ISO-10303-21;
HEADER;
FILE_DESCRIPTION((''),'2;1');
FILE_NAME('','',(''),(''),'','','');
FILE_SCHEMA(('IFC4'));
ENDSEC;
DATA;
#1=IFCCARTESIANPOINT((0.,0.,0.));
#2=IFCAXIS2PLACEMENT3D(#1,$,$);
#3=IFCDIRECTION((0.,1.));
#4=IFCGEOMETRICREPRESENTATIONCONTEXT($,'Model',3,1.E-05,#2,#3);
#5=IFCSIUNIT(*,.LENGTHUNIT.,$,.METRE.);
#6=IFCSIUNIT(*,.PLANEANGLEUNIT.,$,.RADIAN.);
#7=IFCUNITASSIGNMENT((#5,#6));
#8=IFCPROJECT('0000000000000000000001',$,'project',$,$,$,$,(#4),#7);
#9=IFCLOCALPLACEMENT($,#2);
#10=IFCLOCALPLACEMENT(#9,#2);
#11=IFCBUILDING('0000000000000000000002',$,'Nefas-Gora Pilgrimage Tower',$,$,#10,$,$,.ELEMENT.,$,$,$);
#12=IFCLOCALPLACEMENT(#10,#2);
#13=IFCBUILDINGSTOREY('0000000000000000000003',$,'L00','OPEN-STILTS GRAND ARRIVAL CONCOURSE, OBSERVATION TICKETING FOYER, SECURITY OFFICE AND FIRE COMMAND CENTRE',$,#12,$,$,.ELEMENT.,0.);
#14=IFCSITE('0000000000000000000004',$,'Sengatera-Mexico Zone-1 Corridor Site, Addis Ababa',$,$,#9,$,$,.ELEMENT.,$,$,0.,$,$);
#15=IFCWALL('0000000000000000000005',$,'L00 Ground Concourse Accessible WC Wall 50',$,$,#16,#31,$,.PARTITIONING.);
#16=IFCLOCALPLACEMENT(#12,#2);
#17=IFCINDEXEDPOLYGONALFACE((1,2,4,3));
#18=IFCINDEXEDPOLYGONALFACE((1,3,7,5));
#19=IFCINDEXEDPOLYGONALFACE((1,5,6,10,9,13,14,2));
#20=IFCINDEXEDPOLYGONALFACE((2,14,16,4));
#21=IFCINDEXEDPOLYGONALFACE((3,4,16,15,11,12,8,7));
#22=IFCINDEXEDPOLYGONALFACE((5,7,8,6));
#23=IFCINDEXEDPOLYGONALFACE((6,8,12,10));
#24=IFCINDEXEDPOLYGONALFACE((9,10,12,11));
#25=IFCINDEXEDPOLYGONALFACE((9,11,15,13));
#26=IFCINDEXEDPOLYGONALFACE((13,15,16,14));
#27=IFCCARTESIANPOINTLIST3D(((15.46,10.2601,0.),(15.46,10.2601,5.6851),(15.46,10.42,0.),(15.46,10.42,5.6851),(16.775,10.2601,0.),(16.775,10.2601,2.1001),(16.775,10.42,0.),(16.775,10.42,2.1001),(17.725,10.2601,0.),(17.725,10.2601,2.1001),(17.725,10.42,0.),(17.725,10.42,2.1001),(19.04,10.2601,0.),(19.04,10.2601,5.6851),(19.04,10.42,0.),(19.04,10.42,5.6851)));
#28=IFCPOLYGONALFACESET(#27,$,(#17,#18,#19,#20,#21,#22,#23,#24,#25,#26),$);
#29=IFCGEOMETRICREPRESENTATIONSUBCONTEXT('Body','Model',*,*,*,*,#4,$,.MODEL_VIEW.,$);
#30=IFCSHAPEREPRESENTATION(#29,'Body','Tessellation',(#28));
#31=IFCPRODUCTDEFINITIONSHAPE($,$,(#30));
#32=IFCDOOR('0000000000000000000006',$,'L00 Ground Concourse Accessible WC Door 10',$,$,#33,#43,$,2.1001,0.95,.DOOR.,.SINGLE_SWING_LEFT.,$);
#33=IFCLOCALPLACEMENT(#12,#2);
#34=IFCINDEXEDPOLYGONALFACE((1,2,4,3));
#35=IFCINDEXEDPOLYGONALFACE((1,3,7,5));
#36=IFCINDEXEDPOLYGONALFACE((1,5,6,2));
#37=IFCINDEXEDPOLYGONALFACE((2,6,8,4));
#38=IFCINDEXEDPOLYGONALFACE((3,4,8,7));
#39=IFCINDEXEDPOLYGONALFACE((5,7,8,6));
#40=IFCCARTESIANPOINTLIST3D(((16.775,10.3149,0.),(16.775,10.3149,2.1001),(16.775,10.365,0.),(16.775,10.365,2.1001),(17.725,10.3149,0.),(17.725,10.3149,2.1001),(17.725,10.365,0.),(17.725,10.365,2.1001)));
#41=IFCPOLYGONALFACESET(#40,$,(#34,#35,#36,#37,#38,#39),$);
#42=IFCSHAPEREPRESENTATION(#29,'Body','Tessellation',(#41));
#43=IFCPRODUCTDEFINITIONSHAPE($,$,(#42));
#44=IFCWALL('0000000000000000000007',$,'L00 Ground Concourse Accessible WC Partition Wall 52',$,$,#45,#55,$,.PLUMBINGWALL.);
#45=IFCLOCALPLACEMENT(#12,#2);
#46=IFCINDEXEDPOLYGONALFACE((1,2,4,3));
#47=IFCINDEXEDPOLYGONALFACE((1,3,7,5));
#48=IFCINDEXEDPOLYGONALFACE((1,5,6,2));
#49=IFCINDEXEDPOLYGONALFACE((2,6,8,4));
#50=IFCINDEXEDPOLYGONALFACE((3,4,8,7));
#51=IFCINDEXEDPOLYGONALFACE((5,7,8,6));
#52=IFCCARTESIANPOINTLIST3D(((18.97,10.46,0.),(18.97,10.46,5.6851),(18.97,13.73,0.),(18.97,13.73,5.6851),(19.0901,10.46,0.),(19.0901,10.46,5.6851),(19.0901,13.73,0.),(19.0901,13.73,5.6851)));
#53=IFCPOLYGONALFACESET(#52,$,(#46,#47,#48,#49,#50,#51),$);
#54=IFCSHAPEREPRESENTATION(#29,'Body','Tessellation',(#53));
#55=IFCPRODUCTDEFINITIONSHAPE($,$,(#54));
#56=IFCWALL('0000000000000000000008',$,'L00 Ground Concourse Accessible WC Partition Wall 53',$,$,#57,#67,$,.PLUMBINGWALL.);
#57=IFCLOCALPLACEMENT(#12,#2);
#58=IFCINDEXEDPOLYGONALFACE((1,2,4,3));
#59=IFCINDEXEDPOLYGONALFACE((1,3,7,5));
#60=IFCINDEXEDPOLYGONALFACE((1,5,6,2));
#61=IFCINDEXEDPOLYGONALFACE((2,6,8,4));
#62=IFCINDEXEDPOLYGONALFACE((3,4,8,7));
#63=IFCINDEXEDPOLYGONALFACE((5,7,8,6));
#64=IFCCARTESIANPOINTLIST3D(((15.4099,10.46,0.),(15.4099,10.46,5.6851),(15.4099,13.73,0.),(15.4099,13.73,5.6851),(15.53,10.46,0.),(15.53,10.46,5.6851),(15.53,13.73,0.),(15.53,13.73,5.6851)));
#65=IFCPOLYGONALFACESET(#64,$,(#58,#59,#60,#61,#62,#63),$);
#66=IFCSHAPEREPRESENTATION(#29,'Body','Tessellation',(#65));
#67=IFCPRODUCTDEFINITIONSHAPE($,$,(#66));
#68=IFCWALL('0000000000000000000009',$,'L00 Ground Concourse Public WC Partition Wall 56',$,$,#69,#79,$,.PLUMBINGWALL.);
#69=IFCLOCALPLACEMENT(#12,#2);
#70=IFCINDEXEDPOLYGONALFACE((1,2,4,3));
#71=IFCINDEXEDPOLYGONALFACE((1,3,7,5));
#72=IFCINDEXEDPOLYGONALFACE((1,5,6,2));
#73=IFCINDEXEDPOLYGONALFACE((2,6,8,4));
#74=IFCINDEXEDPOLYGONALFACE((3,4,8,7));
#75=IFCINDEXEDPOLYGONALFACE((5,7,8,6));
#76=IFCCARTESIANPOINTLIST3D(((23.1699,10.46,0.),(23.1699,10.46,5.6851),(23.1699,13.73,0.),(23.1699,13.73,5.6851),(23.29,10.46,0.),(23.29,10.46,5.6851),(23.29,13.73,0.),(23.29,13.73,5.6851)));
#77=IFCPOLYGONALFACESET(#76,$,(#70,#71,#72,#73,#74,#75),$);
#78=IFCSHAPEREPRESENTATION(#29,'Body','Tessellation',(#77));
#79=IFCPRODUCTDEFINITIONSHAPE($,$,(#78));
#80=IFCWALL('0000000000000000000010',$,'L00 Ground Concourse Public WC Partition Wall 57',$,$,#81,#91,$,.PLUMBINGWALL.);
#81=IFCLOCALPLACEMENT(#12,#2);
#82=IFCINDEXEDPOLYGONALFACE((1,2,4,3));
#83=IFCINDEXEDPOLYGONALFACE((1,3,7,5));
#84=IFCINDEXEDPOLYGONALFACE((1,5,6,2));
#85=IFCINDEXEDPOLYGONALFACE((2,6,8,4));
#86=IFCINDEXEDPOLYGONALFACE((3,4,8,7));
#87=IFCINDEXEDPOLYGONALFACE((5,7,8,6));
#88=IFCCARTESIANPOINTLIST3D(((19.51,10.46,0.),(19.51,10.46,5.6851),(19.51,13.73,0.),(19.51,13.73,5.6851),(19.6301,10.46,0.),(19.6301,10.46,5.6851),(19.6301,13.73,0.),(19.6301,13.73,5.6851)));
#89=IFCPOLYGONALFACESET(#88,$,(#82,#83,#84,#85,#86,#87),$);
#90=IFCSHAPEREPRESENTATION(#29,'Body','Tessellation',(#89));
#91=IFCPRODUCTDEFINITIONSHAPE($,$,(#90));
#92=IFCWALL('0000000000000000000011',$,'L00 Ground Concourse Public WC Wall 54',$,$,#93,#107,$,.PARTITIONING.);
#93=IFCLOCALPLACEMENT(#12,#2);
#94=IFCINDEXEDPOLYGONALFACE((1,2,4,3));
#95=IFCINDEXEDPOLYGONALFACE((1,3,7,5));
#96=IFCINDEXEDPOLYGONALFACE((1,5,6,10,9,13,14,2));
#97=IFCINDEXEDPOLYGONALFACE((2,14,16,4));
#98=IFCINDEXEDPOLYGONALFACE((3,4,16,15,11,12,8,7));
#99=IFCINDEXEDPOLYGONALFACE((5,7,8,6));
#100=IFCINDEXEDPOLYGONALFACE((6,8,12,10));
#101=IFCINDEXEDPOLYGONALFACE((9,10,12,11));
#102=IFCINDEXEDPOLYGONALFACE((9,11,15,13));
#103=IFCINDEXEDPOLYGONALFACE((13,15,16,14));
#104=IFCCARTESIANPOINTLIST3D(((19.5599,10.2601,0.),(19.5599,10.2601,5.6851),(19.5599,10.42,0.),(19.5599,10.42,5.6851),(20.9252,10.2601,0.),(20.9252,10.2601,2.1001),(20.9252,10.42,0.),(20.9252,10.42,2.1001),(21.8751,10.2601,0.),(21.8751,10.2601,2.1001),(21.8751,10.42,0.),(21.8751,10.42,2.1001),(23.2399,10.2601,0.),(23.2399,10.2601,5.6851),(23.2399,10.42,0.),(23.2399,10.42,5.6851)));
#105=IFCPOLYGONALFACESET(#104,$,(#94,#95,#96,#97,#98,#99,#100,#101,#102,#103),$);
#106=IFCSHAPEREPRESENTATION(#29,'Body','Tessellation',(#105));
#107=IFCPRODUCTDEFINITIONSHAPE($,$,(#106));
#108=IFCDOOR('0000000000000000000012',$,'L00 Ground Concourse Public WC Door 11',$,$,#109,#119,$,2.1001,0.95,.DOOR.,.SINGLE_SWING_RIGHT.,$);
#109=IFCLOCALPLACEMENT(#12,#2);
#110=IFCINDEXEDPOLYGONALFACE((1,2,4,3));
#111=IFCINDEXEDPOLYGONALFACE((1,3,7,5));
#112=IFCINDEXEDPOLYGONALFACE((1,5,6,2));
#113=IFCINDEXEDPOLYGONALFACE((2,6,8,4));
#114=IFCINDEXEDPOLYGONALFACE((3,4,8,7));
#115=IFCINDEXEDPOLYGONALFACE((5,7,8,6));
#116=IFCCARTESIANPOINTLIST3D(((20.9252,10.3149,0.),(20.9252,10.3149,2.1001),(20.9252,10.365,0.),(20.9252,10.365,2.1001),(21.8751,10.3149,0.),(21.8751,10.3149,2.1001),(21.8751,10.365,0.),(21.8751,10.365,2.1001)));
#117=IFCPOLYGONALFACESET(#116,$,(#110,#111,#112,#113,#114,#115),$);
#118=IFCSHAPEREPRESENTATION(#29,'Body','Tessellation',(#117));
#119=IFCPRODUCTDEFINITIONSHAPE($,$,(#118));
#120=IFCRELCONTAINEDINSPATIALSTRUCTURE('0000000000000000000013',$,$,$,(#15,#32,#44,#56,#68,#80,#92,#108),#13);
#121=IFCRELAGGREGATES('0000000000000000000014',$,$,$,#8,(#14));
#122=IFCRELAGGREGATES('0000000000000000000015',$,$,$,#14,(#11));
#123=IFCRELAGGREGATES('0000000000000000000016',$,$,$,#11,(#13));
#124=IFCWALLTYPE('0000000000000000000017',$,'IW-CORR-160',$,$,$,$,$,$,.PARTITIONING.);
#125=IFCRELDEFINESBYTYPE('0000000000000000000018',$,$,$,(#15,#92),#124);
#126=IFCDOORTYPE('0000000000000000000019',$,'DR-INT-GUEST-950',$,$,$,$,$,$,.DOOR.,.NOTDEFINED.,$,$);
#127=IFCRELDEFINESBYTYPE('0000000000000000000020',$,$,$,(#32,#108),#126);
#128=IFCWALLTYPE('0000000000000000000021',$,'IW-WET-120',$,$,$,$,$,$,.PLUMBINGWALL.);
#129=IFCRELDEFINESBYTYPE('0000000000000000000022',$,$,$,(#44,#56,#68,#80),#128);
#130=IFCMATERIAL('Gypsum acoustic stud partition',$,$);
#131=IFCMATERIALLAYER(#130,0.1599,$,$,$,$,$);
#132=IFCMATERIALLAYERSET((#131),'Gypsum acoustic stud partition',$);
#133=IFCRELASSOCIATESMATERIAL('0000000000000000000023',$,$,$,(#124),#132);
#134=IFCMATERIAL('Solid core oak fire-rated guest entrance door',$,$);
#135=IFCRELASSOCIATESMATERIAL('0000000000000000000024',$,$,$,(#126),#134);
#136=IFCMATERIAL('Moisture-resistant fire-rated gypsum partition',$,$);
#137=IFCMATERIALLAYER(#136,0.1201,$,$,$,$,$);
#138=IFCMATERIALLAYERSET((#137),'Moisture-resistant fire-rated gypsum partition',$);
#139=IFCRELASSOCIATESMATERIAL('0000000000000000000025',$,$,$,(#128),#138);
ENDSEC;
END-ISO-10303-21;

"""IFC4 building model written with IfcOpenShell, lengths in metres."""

from ifc_helpers import new_model, si_unit, direction, frame, frame_2d, origin, place, context, subcontext, project, spatial, rectangle, extrude, source, transform, mapped, material, layer, layer_set, type_object, element, fill, save


model = new_model("IFC4")

# Units and contexts
model_context = context("Model", 3, precision=1e-05, world=origin(), true_north=direction((0.0, 1.0)))
body_context = subcontext(model_context, "Body", "Model", "MODEL_VIEW")
ifc_project = project(units=[si_unit("LENGTHUNIT", "METRE"), si_unit("PLANEANGLEUNIT", "RADIAN")], contexts=[model_context])

# Site, building, storey
site_placement = place(None, origin())
site = spatial("IfcSite", under=ifc_project, at=site_placement, Name="Sengatera-Mexico Zone-1 Corridor Site, Addis Ababa", CompositionType="ELEMENT", RefElevation=0.0)
building_placement = place(site_placement, origin())
building = spatial("IfcBuilding", under=site, at=building_placement, Name="Nefas-Gora Pilgrimage Tower", CompositionType="ELEMENT")
storey_placement = place(building_placement, origin())
storey = spatial("IfcBuildingStorey", under=building, at=storey_placement, Name="L00", Description="OPEN-STILTS GRAND ARRIVAL CONCOURSE, OBSERVATION TICKETING FOYER, SECURITY OFFICE AND FIRE COMMAND CENTRE", CompositionType="ELEMENT", Elevation=0.0)

# Wall, opening, door
ifc_material_1 = material(Name="Gypsum acoustic stud partition")
ifc_layer_1 = layer(ifc_material_1, 0.1599)
ifc_layer_set_1 = layer_set([ifc_layer_1], Name="Gypsum acoustic stud partition")
wall_type_1 = type_object("IfcWallType", Name="IW-CORR-160", PredefinedType="PARTITIONING", material=ifc_layer_set_1)
shared_shape_1 = source(origin(), body_context, "Body", "SweptSolid", [
    extrude(rectangle(XDim=3.5801, YDim=0.1599, at=frame_2d((1.79, 0.0))), origin(), (0.0, 0.0, 1.0), 5.6851),
])
wall_1_placement = place(storey_placement, frame((15.46, 10.3401, 0.0), z_axis=(0.0, 0.0, 1.0), x_axis=(1.0, 0.0, 0.0)))
wall_1 = element("IfcWall", 1, at=wall_1_placement, inside=storey, type_object=wall_type_1, Name="L00 Ground Concourse Accessible WC Wall 50", PredefinedType="PARTITIONING", context=body_context, shape_type="MappedRepresentation", body=[
    mapped(shared_shape_1, transform((0.0, 0.0, 0.0), x_axis=(1.0, 0.0, 0.0), y_axis=(0.0, 1.0, 0.0), z_axis=(0.0, 0.0, 1.0), scale=1.0)),
])
opening_1_placement = place(wall_1_placement, frame((1.3149, 0.0, 0.0)))
opening_1 = element("IfcOpeningElement", 2, at=opening_1_placement, cuts=wall_1, PredefinedType="OPENING", context=body_context, shape_type="SweptSolid", body=[
    extrude(rectangle(XDim=0.95, YDim=2.1001, at=frame_2d((0.4751, 1.05))), frame((0.0, 0.0898, 0.0), z_axis=(0.0, -1.0, 0.0), x_axis=(1.0, 0.0, 0.0)), (0.0, 0.0, 1.0), 0.1799),
])
ifc_material_2 = material(Name="Solid core oak fire-rated guest entrance door")
door_type = type_object("IfcDoorType", Name="DR-INT-GUEST-950", OperationType="NOTDEFINED", PredefinedType="DOOR", material=ifc_material_2)
shared_shape_2 = source(origin(), body_context, "Body", "SweptSolid", [
    extrude(rectangle(XDim=0.95, YDim=2.1001, at=frame_2d((0.4751, 1.05))), frame((0.0, 0.0249, 0.0), z_axis=(0.0, -1.0, 0.0), x_axis=(1.0, 0.0, 0.0)), (0.0, 0.0, 1.0), 0.05),
])
door_1_placement = place(opening_1_placement, origin())
door_1 = element("IfcDoor", 3, at=door_1_placement, inside=storey, type_object=door_type, Name="L00 Ground Concourse Accessible WC Door 10", OperationType="SINGLE_SWING_LEFT", OverallHeight=2.1001, OverallWidth=0.95, PredefinedType="DOOR", context=body_context, shape_type="MappedRepresentation", body=[
    mapped(shared_shape_2, transform((0.0, 0.0, 0.0), x_axis=(1.0, 0.0, 0.0), y_axis=(0.0, 1.0, 0.0), z_axis=(0.0, 0.0, 1.0), scale=1.0)),
])
fill(opening_1, door_1)

# Walls
ifc_material_3 = material(Name="Moisture-resistant fire-rated gypsum partition")
ifc_layer_2 = layer(ifc_material_3, 0.1201)
ifc_layer_set_2 = layer_set([ifc_layer_2], Name="Moisture-resistant fire-rated gypsum partition")
wall_type_2 = type_object("IfcWallType", Name="IW-WET-120", PredefinedType="PLUMBINGWALL", material=ifc_layer_set_2)
shared_shape_3 = source(origin(), body_context, "Body", "SweptSolid", [
    extrude(rectangle(XDim=3.27, YDim=0.1201, at=frame_2d((1.635, 0.0))), origin(), (0.0, 0.0, 1.0), 5.6851),
])
for number, where, z_axis, x_axis, name in (
    (4, (19.03, 10.46, 0.0), (0.0, 0.0, 1.0), (0.0, 1.0, 0.0), "L00 Ground Concourse Accessible WC Partition Wall 52"),
    (5, (15.47, 10.46, 0.0), (0.0, 0.0, 1.0), (0.0, 1.0, 0.0), "L00 Ground Concourse Accessible WC Partition Wall 53"),
    (6, (23.23, 10.46, 0.0), (0.0, 0.0, 1.0), (0.0, 1.0, 0.0), "L00 Ground Concourse Public WC Partition Wall 56"),
    (7, (19.5701, 10.46, 0.0), (0.0, 0.0, 1.0), (0.0, 1.0, 0.0), "L00 Ground Concourse Public WC Partition Wall 57"),
):
    element("IfcWall", number, at=place(storey_placement, frame(where, z_axis=z_axis, x_axis=x_axis)), inside=storey, type_object=wall_type_2, Name=name, PredefinedType="PLUMBINGWALL", context=body_context, shape_type="MappedRepresentation", body=[
        mapped(shared_shape_3, transform((0.0, 0.0, 0.0), x_axis=(1.0, 0.0, 0.0), y_axis=(0.0, 1.0, 0.0), z_axis=(0.0, 0.0, 1.0), scale=1.0)),
    ])

# Wall, opening, door
shared_shape_4 = source(origin(), body_context, "Body", "SweptSolid", [
    extrude(rectangle(XDim=3.6799, YDim=0.1599, at=frame_2d((1.8398, 0.0))), origin(), (0.0, 0.0, 1.0), 5.6851),
])
wall_2_placement = place(storey_placement, frame((19.5601, 10.3401, 0.0), z_axis=(0.0, 0.0, 1.0), x_axis=(1.0, 0.0, 0.0)))
wall_2 = element("IfcWall", 8, at=wall_2_placement, inside=storey, type_object=wall_type_1, Name="L00 Ground Concourse Public WC Wall 54", PredefinedType="PARTITIONING", context=body_context, shape_type="MappedRepresentation", body=[
    mapped(shared_shape_4, transform((0.0, 0.0, 0.0), x_axis=(1.0, 0.0, 0.0), y_axis=(0.0, 1.0, 0.0), z_axis=(0.0, 0.0, 1.0), scale=1.0)),
])
opening_2_placement = place(wall_2_placement, frame((1.365, 0.0, 0.0)))
opening_2 = element("IfcOpeningElement", 9, at=opening_2_placement, cuts=wall_2, PredefinedType="OPENING", context=body_context, shape_type="SweptSolid", body=[
    extrude(rectangle(XDim=0.95, YDim=2.1001, at=frame_2d((0.4751, 1.05))), frame((0.0, 0.0898, 0.0), z_axis=(0.0, -1.0, 0.0), x_axis=(1.0, 0.0, 0.0)), (0.0, 0.0, 1.0), 0.1799),
])
door_2_placement = place(opening_2_placement, origin())
door_2 = element("IfcDoor", 10, at=door_2_placement, inside=storey, type_object=door_type, Name="L00 Ground Concourse Public WC Door 11", OperationType="SINGLE_SWING_RIGHT", OverallHeight=2.1001, OverallWidth=0.95, PredefinedType="DOOR", context=body_context, shape_type="MappedRepresentation", body=[
    mapped(shared_shape_2, transform((0.0, 0.0, 0.0), x_axis=(1.0, 0.0, 0.0), y_axis=(0.0, 1.0, 0.0), z_axis=(0.0, 0.0, 1.0), scale=1.0)),
])
fill(opening_2, door_2)

save(model, "model.ifc")
